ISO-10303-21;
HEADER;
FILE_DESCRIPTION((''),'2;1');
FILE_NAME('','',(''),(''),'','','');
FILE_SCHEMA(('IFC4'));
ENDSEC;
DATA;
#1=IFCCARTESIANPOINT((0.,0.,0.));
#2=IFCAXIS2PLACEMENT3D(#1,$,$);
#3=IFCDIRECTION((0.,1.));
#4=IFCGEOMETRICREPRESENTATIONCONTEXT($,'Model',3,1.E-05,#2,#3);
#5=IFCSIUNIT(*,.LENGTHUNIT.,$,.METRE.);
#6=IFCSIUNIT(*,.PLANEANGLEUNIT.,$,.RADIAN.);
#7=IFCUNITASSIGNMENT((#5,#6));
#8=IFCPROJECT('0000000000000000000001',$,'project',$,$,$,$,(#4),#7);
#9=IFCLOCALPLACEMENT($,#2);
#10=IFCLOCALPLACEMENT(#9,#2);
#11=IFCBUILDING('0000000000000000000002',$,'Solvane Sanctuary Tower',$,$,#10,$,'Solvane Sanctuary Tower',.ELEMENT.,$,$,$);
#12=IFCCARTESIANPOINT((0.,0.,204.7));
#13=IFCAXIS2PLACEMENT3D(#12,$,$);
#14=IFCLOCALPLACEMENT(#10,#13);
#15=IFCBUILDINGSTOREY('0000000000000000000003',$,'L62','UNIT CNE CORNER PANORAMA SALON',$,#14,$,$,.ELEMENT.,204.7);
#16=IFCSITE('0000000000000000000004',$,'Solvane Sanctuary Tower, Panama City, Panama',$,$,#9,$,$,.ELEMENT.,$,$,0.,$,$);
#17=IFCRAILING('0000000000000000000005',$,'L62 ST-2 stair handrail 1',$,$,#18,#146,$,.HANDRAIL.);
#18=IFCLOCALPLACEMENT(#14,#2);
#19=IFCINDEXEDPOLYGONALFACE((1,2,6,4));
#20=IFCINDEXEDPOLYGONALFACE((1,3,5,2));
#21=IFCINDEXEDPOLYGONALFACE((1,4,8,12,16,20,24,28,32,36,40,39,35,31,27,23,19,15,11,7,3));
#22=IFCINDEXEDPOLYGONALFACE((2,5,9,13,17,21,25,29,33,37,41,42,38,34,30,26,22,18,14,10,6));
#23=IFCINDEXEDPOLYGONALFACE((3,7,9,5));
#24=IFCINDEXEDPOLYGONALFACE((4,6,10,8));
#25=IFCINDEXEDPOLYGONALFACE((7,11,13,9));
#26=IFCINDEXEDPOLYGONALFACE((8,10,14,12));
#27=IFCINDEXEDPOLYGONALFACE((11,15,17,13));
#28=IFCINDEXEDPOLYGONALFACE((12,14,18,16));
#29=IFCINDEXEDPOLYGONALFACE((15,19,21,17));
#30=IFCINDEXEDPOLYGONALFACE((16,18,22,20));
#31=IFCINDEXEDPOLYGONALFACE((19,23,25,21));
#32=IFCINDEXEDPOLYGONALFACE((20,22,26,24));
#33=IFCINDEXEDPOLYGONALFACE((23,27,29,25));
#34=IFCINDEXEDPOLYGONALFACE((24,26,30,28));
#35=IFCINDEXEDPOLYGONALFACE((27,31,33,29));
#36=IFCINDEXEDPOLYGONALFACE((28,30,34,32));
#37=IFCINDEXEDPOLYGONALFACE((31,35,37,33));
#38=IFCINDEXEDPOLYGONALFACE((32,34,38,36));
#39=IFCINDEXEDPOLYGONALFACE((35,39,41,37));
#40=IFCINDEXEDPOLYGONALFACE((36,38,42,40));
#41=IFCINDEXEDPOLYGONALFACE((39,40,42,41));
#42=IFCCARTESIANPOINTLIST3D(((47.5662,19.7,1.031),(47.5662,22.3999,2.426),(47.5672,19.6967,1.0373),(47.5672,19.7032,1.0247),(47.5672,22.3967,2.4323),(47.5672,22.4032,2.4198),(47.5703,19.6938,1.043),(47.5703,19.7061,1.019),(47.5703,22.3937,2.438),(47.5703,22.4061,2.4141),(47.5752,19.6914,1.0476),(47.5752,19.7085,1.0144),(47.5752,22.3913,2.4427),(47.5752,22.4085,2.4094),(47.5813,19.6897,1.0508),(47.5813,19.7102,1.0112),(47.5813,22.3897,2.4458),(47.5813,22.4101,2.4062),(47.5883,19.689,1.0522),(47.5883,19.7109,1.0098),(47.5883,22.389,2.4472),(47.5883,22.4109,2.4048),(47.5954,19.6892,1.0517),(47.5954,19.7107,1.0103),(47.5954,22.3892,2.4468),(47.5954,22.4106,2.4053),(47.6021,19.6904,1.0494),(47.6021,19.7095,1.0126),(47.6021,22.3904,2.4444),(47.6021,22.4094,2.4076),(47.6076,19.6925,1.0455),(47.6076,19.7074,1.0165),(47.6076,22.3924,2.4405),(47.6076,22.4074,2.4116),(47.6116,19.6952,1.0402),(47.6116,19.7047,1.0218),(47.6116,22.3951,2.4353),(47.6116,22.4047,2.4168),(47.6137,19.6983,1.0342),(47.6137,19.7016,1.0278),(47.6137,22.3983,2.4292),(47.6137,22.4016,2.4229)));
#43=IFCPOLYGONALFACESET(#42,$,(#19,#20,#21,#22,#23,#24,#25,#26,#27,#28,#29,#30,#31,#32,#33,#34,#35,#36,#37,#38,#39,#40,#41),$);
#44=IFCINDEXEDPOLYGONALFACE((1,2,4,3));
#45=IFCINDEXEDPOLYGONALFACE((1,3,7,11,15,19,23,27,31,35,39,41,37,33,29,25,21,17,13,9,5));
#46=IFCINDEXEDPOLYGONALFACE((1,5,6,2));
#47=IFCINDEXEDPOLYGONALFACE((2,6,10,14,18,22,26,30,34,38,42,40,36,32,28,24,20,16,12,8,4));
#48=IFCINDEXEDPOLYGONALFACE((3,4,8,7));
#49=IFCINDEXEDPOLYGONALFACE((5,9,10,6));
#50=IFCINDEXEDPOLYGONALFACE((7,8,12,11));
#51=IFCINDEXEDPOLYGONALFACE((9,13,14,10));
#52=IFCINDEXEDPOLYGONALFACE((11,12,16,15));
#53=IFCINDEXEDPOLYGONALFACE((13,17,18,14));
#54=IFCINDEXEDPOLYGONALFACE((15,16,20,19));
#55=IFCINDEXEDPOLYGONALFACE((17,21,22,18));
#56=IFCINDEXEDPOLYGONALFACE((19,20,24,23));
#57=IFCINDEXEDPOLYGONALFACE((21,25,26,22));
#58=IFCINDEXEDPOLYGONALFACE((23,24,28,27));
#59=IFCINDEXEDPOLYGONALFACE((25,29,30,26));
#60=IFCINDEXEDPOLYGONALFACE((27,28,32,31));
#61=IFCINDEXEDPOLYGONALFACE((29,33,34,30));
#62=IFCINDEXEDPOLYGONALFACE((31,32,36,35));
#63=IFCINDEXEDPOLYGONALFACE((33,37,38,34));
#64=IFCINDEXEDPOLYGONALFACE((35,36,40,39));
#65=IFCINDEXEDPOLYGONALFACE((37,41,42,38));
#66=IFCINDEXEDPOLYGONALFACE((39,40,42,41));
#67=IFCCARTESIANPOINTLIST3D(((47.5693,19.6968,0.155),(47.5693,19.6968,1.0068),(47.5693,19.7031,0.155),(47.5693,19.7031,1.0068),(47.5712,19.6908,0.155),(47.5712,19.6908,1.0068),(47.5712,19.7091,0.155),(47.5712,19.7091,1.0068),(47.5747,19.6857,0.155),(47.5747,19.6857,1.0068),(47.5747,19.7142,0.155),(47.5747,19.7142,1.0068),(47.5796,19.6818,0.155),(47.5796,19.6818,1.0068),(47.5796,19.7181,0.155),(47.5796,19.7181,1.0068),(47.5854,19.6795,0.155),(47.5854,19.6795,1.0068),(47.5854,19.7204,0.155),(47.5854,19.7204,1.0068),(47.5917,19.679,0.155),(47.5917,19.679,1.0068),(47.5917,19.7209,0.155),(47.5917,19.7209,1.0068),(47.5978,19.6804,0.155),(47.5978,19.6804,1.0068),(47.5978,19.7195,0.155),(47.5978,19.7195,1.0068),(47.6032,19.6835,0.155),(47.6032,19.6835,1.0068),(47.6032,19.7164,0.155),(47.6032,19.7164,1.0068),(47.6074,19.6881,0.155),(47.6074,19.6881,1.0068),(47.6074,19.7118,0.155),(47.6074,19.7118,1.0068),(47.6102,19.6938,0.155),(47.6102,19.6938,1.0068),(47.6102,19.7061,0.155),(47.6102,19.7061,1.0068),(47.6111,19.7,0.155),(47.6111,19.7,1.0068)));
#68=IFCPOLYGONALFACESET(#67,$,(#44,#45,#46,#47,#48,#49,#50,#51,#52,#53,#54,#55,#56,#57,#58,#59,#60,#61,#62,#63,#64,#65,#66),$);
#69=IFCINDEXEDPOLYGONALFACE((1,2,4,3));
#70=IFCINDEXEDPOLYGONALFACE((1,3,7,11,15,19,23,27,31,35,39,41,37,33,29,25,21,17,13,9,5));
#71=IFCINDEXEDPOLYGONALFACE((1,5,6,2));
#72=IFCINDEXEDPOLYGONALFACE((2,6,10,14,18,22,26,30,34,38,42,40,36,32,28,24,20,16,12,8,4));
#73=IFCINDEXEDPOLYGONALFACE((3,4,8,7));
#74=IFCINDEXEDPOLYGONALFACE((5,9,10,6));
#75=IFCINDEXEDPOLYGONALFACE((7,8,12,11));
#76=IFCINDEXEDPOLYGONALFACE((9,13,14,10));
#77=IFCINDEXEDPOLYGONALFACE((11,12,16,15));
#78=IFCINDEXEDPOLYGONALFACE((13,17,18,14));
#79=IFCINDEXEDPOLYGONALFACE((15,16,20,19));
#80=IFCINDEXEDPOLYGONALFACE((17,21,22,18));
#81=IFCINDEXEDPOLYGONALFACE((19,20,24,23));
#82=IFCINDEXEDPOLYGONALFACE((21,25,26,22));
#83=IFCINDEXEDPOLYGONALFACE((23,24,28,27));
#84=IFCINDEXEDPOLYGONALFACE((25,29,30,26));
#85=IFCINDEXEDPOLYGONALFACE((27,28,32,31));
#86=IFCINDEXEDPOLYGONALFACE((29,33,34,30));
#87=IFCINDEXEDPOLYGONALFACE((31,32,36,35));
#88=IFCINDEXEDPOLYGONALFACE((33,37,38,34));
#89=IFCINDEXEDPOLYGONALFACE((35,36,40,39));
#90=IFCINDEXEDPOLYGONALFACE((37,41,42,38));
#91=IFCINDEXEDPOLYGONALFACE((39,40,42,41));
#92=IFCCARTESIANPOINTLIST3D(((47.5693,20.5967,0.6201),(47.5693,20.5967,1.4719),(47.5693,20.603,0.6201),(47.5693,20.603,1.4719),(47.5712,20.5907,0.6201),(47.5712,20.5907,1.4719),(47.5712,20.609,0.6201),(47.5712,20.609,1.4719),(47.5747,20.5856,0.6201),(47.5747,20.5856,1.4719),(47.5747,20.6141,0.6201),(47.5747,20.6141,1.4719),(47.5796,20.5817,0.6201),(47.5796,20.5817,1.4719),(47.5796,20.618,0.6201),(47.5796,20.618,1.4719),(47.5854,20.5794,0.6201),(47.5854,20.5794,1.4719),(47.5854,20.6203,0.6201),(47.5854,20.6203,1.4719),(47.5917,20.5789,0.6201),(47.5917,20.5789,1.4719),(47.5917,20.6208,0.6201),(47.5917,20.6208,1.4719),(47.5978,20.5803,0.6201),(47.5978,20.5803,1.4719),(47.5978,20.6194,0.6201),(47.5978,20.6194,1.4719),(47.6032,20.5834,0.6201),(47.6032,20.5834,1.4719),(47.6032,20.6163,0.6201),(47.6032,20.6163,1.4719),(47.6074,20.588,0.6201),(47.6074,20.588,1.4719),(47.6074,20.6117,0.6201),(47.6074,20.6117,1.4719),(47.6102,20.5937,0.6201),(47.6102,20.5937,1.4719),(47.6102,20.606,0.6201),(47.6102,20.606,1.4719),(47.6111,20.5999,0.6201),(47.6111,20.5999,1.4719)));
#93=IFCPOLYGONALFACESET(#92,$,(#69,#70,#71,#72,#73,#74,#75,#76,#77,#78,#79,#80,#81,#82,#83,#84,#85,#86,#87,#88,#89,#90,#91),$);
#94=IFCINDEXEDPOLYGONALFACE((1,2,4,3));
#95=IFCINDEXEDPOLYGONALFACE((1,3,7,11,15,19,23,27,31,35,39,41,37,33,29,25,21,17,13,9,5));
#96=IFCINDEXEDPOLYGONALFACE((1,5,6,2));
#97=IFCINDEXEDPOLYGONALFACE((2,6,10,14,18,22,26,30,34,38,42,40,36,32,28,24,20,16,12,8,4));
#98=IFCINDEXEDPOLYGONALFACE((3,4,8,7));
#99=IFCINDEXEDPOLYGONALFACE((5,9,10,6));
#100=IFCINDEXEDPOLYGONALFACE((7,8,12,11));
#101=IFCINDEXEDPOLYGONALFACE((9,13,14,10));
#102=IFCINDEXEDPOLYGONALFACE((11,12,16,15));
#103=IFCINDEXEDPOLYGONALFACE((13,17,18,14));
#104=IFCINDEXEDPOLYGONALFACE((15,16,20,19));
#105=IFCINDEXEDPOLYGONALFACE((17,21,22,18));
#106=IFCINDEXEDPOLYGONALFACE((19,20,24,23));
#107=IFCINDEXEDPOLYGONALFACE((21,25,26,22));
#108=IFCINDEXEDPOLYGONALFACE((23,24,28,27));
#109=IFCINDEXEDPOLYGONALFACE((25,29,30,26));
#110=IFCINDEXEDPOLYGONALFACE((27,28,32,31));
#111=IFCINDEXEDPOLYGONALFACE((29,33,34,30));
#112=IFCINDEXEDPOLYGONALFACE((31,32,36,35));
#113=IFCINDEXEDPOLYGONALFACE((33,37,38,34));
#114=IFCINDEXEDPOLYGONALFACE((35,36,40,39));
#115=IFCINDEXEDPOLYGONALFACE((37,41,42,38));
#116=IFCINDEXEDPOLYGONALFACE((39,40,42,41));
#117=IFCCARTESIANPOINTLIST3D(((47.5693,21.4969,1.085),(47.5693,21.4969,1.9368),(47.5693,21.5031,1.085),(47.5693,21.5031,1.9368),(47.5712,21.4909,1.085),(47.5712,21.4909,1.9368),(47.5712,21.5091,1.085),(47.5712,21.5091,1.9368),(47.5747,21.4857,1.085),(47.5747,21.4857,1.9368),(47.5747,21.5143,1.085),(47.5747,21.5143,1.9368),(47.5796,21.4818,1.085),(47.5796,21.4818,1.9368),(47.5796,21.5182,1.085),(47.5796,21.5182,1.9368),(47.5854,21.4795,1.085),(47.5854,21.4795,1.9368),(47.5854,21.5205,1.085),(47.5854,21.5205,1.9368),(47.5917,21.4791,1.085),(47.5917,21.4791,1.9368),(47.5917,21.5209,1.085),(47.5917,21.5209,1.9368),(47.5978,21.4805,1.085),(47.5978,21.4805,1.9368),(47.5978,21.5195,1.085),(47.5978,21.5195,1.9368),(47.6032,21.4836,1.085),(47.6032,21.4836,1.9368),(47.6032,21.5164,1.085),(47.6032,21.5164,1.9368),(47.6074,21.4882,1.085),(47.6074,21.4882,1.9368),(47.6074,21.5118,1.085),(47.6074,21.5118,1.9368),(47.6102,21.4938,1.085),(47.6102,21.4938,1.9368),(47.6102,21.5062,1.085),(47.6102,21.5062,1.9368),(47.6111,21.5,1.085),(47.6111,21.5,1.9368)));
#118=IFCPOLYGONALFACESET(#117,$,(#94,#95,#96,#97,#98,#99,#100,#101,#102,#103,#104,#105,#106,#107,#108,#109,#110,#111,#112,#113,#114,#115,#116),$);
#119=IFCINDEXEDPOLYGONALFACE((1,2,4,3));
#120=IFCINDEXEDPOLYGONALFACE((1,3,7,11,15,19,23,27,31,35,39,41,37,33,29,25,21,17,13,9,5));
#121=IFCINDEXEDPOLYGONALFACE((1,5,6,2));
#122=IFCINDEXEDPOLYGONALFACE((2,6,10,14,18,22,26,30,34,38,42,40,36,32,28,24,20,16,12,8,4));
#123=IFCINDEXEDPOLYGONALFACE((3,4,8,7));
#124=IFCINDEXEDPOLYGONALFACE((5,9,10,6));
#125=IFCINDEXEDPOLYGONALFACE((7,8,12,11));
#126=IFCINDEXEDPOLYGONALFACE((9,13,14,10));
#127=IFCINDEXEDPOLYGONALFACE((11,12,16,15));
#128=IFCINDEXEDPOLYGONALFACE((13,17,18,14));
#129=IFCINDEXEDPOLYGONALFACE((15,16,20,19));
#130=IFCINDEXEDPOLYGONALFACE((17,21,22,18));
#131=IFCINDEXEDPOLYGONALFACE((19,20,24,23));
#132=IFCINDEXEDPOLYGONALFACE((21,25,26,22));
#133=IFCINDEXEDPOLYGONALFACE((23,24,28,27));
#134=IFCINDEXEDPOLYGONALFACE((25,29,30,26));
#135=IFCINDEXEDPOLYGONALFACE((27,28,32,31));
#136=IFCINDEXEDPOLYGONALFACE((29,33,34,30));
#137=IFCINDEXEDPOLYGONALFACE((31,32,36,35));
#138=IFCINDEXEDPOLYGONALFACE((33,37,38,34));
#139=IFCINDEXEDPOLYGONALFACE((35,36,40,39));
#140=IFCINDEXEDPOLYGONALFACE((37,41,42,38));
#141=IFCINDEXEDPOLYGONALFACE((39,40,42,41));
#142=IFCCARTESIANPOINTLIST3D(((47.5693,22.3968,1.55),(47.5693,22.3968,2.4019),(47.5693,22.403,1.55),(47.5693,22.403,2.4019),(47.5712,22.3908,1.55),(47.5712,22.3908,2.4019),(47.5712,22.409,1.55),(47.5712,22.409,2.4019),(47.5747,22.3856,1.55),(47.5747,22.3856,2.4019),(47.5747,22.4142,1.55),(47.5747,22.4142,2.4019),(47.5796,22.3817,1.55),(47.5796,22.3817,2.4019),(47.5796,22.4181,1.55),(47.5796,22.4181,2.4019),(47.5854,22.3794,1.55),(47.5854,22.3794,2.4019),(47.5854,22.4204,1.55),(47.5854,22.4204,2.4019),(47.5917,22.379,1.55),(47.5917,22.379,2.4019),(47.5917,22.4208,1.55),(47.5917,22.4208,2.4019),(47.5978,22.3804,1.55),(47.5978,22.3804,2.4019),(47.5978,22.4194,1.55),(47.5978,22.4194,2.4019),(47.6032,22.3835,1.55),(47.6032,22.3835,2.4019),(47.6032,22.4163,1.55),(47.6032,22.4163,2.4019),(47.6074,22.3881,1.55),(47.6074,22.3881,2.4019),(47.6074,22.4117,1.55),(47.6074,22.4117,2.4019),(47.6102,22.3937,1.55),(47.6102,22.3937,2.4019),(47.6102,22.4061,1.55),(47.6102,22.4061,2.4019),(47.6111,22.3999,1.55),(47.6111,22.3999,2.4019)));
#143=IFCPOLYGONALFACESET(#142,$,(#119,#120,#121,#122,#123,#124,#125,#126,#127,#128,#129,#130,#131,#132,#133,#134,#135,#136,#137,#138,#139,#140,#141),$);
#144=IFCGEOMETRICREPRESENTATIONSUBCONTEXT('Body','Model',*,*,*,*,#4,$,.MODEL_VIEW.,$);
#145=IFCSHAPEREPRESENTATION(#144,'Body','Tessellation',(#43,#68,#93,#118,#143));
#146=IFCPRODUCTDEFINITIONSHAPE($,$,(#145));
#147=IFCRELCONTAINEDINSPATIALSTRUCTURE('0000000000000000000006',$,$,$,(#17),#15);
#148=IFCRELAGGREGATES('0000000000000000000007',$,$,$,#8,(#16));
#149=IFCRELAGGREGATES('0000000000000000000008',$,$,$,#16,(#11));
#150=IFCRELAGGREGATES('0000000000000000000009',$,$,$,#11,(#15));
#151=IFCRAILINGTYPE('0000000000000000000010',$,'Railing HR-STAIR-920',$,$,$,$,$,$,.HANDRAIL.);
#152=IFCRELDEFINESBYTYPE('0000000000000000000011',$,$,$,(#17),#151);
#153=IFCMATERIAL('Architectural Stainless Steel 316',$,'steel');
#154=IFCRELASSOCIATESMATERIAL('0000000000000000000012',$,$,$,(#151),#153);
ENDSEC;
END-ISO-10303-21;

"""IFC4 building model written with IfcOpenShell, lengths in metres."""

from ifc_helpers import new_model, si_unit, direction, frame, origin, origin_2d, place, context, subcontext, project, spatial, circle, extrude, material, type_object, element, save


model = new_model("IFC4")

# Units and contexts
model_context = context("Model", 3, precision=1e-05, world=origin(), true_north=direction((0.0, 1.0)))
body_context = subcontext(model_context, "Body", "Model", "MODEL_VIEW")
ifc_project = project(units=[si_unit("LENGTHUNIT", "METRE"), si_unit("PLANEANGLEUNIT", "RADIAN")], contexts=[model_context])

# Site, building, storey
site_placement = place(None, origin())
site = spatial("IfcSite", under=ifc_project, at=site_placement, Name="Solvane Sanctuary Tower, Panama City, Panama", CompositionType="ELEMENT", RefElevation=0.0)
building_placement = place(site_placement, origin())
building = spatial("IfcBuilding", under=site, at=building_placement, Name="Solvane Sanctuary Tower", LongName="Solvane Sanctuary Tower", CompositionType="ELEMENT")
storey_placement = place(building_placement, frame((0.0, 0.0, 204.7)))
storey = spatial("IfcBuildingStorey", under=building, at=storey_placement, Name="L62", Description="UNIT CNE CORNER PANORAMA SALON", CompositionType="ELEMENT", Elevation=204.7)

# Shared definitions
ifc_material_1 = material(Name="Architectural Stainless Steel 316", Category="steel")

# Railing
railing_type_1 = type_object("IfcRailingType", Name="Railing HR-STAIR-920", PredefinedType="HANDRAIL", material=ifc_material_1)
railing_1_placement = place(storey_placement, frame((47.5901, 19.7, 0.155)))
element("IfcRailing", 1, at=railing_1_placement, inside=storey, type_object=railing_type_1, Name="L62 ST-2 stair handrail 1", PredefinedType="HANDRAIL", context=body_context, shape_type="SweptSolid", body=[
    extrude(circle(Radius=0.0239, at=origin_2d()), frame((0.0, 0.0, 0.876), z_axis=(0.0, 0.88842, 0.459032), x_axis=(-1.0, 0.0, 0.0)), (0.0, 0.0, 1.0), 3.0391),
    extrude(circle(Radius=0.021, at=origin_2d()), origin(), (0.0, 0.0, 1.0), 0.8518),
    extrude(circle(Radius=0.021, at=origin_2d()), frame((0.0, 0.8999, 0.4651)), (0.0, 0.0, 1.0), 0.8518),
    extrude(circle(Radius=0.021, at=origin_2d()), frame((0.0, 1.8, 0.9299)), (0.0, 0.0, 1.0), 0.8518),
    extrude(circle(Radius=0.021, at=origin_2d()), frame((0.0, 2.7, 1.395)), (0.0, 0.0, 1.0), 0.8518),
])

save(model, "model.ifc")
